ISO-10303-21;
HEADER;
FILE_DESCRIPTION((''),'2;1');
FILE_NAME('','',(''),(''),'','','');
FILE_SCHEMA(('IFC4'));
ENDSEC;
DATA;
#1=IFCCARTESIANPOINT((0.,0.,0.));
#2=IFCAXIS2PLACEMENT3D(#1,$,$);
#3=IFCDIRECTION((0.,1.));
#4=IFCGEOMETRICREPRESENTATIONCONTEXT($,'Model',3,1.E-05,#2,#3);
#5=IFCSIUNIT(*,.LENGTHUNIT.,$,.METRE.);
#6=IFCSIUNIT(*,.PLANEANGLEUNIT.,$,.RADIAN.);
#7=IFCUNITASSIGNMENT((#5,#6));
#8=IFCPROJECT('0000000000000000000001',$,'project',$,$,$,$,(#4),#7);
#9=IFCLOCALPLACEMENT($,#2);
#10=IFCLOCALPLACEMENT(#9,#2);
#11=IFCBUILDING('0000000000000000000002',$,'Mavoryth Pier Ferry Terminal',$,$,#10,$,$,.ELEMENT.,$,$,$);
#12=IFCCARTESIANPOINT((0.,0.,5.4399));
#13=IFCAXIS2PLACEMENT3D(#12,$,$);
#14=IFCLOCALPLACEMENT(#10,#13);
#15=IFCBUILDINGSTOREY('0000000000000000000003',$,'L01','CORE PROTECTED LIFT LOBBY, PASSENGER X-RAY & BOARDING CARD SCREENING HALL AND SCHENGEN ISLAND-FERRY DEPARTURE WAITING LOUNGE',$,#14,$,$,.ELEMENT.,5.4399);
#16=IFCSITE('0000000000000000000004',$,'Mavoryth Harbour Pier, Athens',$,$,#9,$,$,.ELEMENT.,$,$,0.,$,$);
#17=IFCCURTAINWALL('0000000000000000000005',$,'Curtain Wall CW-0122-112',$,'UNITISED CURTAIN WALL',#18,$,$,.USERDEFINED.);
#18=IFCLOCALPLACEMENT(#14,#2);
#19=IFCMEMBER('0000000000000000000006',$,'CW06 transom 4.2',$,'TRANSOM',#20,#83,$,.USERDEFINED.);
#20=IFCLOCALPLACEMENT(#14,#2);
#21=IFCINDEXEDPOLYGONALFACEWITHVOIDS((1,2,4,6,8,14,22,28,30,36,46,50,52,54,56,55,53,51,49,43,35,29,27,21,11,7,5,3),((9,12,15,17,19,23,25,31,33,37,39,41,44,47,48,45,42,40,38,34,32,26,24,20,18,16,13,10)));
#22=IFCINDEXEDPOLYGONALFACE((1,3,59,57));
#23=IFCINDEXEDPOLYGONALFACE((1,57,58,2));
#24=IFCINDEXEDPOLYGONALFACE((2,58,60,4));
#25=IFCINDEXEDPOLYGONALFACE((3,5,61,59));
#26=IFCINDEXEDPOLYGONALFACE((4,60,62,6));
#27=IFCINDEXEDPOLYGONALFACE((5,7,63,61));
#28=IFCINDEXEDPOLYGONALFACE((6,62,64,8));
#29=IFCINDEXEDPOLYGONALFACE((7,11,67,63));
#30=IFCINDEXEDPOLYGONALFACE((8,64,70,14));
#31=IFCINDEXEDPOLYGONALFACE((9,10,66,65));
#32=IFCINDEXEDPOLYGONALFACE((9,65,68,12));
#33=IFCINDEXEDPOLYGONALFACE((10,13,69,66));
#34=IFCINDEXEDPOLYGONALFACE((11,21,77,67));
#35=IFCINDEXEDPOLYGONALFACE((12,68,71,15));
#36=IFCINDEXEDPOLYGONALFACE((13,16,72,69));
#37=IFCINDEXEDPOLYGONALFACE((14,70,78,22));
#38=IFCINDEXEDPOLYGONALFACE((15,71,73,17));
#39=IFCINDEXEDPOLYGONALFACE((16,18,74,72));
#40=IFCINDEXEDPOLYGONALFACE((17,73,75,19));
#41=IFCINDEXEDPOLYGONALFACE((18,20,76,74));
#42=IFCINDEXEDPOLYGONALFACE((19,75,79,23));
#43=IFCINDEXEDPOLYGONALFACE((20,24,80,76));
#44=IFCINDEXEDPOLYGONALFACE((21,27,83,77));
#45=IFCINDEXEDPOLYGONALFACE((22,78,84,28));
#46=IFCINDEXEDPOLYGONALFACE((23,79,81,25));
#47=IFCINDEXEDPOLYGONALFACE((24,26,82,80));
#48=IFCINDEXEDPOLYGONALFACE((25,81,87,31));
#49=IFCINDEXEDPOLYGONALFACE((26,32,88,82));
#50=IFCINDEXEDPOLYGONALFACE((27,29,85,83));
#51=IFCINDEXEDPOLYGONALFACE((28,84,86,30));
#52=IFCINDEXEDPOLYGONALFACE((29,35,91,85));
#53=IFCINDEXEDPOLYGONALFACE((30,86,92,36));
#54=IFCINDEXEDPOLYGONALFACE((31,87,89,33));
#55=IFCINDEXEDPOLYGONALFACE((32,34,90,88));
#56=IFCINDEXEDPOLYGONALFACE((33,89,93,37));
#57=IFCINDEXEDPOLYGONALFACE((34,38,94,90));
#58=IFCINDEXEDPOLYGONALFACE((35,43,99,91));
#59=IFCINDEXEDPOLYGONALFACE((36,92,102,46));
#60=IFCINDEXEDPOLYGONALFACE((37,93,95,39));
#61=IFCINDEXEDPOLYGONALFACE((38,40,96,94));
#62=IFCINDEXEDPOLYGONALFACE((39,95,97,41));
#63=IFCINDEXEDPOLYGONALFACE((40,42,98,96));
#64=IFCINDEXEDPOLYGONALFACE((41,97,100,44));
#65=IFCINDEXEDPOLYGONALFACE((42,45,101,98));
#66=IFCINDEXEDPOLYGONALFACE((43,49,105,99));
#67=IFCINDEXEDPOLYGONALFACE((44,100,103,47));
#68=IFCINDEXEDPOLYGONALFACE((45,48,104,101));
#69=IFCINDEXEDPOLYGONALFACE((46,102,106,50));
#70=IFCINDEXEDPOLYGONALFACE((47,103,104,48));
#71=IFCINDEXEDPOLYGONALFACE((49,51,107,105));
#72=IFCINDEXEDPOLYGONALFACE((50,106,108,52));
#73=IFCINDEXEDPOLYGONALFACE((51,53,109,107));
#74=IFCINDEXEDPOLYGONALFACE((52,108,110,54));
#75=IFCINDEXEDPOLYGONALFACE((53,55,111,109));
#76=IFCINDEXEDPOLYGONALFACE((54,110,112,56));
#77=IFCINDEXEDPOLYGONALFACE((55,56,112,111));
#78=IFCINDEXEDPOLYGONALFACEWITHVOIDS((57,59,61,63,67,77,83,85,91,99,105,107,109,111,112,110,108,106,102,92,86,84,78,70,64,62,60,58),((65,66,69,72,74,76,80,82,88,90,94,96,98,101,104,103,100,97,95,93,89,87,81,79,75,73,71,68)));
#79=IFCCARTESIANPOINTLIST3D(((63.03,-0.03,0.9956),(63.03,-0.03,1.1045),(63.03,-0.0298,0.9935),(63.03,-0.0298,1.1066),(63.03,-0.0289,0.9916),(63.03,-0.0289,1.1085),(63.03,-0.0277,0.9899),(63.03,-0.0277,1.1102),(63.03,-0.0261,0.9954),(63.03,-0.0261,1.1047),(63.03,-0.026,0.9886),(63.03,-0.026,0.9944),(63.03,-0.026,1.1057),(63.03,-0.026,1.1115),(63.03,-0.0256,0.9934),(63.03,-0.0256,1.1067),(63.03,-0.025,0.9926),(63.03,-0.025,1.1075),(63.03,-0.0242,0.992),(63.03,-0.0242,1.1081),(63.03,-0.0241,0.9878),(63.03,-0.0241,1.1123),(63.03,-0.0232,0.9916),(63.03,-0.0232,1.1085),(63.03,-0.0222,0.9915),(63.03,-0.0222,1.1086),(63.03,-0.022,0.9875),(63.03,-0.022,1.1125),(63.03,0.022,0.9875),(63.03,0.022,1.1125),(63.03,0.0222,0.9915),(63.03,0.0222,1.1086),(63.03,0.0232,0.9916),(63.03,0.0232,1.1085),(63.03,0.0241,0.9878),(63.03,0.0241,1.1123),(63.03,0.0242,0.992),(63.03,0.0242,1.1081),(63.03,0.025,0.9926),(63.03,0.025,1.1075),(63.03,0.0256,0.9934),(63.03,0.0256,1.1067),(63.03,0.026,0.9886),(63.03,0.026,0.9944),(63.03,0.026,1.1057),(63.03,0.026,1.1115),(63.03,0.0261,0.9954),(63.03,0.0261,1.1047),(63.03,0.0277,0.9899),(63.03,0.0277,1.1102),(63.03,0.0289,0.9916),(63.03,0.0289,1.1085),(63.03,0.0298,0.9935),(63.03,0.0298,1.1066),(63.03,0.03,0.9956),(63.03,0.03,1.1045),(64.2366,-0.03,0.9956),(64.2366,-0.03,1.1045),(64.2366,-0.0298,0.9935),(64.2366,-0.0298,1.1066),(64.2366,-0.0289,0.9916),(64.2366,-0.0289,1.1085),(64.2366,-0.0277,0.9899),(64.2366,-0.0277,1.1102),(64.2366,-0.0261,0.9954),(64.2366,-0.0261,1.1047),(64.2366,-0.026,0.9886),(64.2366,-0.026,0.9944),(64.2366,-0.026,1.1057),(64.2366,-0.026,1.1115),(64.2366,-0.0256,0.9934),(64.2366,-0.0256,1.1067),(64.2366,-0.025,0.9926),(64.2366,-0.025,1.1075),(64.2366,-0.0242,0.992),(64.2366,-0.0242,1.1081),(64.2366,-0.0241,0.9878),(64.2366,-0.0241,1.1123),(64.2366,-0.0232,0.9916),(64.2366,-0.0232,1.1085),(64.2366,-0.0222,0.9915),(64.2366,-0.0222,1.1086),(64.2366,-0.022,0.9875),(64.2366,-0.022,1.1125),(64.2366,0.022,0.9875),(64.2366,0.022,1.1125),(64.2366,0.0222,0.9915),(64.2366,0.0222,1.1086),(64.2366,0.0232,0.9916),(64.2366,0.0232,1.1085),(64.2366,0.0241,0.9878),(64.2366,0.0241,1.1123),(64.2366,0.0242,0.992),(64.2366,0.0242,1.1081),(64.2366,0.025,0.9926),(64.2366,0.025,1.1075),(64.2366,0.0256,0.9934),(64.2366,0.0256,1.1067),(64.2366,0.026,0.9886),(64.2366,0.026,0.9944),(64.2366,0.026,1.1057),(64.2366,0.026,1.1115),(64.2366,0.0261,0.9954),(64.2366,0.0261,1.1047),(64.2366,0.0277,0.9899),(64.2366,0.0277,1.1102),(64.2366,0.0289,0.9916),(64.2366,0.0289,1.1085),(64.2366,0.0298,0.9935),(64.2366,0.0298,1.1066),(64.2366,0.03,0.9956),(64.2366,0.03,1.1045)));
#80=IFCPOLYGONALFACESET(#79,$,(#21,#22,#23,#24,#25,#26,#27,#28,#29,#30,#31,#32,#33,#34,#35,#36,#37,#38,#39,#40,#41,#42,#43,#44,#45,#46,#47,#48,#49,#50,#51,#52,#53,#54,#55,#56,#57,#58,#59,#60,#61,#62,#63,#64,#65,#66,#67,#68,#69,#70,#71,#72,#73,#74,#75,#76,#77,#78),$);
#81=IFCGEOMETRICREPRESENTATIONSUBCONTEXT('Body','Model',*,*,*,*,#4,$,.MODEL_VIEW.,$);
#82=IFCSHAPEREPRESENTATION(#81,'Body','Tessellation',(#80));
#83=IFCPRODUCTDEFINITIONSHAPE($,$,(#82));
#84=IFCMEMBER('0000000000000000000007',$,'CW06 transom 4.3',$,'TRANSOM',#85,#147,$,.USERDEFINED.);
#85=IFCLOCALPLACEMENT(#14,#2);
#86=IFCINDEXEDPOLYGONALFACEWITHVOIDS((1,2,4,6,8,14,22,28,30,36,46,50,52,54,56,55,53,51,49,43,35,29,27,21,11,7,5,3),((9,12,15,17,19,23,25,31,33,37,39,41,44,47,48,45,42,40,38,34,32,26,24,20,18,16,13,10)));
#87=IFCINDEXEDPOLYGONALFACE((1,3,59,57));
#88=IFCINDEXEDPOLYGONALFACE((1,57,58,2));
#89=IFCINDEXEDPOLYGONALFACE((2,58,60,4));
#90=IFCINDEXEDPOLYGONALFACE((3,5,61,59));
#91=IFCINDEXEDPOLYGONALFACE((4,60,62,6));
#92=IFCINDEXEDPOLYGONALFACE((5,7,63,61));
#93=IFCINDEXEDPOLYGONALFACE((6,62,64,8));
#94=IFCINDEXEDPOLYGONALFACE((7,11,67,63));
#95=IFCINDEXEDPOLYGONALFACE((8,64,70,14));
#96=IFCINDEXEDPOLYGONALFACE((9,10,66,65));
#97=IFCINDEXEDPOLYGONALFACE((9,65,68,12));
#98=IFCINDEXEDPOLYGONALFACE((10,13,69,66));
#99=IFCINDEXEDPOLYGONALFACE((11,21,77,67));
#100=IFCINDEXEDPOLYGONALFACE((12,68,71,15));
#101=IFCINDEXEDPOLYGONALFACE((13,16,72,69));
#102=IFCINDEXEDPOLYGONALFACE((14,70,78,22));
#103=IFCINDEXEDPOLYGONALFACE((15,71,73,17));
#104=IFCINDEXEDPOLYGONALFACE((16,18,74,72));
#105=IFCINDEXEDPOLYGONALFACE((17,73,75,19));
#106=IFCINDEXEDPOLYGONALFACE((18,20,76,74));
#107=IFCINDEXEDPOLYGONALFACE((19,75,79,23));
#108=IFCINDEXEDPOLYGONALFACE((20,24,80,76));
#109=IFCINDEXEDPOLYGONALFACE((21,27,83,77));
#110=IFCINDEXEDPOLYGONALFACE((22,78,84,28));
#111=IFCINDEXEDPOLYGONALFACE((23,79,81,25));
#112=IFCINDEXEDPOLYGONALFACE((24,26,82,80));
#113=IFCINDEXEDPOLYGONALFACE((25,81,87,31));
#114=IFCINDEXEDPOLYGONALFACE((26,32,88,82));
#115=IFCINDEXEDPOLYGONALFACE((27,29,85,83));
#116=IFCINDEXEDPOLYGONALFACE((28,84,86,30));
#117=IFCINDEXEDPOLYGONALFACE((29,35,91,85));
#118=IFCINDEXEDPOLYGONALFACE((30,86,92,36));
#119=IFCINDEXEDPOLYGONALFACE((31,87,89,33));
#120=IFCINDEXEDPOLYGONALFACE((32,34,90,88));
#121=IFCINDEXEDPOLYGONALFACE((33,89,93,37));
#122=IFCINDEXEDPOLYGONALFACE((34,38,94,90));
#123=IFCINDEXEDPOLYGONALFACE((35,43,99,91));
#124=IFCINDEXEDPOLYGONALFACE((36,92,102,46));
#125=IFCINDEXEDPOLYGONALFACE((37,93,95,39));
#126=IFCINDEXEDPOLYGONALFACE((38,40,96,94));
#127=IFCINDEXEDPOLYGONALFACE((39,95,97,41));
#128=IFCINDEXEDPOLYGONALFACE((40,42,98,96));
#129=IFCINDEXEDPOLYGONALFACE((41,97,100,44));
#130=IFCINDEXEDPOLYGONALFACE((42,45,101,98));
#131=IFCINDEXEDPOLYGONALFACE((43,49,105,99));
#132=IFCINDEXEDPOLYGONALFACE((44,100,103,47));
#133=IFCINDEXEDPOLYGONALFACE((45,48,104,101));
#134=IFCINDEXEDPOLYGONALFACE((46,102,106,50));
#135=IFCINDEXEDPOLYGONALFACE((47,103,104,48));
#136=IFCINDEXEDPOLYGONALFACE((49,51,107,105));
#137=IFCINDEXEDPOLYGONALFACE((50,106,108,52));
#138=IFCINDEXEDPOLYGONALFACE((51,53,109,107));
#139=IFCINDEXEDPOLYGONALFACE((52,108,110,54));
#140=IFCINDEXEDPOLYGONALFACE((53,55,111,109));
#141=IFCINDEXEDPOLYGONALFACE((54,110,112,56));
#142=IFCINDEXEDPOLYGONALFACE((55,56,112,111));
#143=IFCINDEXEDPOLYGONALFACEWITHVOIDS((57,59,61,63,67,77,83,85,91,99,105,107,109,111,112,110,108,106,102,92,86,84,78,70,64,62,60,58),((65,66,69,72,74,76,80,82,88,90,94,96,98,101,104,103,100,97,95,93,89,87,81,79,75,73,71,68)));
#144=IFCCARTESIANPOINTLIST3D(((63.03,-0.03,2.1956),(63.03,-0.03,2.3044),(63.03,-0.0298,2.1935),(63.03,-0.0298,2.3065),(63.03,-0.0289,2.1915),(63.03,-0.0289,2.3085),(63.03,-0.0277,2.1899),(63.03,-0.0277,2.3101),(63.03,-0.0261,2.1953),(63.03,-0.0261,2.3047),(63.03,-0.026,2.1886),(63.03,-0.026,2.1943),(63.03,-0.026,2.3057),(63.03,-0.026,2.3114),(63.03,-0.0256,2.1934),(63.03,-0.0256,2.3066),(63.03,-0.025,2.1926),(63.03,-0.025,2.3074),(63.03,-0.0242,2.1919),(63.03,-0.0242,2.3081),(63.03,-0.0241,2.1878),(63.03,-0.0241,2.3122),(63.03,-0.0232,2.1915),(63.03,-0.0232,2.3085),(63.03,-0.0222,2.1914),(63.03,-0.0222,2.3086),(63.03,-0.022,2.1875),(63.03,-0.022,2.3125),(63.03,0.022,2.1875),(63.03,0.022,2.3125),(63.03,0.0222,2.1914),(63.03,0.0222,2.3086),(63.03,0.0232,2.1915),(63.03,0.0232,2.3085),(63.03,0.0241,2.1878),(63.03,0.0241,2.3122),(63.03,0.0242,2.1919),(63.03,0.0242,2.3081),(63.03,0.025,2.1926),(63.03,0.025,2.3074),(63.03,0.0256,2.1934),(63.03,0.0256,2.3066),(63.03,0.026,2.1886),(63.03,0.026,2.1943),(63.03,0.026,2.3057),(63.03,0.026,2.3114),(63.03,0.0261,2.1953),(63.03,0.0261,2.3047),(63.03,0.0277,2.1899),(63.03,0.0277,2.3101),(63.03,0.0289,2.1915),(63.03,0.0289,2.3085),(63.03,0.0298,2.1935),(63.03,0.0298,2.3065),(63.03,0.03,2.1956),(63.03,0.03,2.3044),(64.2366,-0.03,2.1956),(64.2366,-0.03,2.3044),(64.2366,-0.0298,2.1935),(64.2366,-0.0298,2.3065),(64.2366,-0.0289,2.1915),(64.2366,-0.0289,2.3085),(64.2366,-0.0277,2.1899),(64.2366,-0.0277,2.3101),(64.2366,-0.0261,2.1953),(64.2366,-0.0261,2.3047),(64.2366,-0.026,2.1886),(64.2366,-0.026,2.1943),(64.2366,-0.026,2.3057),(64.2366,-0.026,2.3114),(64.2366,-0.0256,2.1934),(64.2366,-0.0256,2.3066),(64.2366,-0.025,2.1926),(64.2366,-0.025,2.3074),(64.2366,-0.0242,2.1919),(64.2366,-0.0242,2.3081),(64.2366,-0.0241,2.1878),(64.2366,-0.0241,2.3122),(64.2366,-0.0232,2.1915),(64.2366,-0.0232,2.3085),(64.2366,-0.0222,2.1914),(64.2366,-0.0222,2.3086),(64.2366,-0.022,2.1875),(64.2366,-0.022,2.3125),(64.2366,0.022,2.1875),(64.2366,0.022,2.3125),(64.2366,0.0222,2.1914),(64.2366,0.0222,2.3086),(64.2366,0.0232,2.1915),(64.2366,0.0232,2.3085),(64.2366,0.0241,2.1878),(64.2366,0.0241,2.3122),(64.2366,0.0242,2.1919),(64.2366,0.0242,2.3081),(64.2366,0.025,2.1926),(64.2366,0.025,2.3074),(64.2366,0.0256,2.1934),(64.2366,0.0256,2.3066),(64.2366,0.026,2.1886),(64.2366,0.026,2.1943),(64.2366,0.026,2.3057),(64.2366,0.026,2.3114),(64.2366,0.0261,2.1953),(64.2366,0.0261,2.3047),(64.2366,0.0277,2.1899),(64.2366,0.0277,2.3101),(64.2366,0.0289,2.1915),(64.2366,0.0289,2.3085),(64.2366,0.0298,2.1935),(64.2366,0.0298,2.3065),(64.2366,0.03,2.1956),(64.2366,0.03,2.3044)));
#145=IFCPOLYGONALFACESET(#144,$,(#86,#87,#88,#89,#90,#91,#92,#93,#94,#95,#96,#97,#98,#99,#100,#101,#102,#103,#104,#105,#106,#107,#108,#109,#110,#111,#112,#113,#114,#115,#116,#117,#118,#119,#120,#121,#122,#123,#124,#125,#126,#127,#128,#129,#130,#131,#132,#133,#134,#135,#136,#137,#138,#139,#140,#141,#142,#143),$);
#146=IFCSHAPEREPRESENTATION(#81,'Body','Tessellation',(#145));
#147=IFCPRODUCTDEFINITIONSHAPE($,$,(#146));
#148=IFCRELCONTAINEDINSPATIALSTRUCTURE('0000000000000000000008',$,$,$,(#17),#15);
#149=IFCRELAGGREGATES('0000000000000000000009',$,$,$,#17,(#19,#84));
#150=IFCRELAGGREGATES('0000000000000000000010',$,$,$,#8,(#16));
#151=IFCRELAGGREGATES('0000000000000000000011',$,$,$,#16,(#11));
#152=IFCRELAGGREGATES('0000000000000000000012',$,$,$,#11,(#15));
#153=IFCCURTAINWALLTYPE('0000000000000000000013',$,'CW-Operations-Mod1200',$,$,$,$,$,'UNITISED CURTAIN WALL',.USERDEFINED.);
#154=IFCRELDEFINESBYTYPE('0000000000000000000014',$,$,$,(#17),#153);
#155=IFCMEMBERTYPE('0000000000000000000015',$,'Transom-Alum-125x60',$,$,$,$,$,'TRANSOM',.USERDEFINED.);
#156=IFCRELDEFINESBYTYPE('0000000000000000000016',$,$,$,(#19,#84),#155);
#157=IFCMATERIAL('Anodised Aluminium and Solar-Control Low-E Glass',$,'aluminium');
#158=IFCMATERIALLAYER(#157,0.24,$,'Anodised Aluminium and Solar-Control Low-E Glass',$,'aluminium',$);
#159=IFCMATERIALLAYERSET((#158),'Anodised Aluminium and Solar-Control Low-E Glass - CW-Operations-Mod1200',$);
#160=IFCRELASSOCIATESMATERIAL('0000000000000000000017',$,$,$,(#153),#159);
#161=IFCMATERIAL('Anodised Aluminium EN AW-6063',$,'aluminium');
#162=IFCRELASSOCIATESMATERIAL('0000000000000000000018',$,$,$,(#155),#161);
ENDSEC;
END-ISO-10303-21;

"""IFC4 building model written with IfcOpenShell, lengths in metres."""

from ifc_helpers import new_model, si_unit, direction, frame, origin, origin_2d, place, context, subcontext, project, spatial, hollow_rectangle, extrude, material, layer, layer_set, material_profile, profile_set, type_object, element, aggregate, save


model = new_model("IFC4")

# Units and contexts
model_context = context("Model", 3, precision=1e-05, world=origin(), true_north=direction((0.0, 1.0)))
body_context = subcontext(model_context, "Body", "Model", "MODEL_VIEW")
ifc_project = project(units=[si_unit("LENGTHUNIT", "METRE"), si_unit("PLANEANGLEUNIT", "RADIAN")], contexts=[model_context])

# Site, building, storey
site_placement = place(None, origin())
site = spatial("IfcSite", under=ifc_project, at=site_placement, Name="Mavoryth Harbour Pier, Athens", CompositionType="ELEMENT", RefElevation=0.0)
building_placement = place(site_placement, origin())
building = spatial("IfcBuilding", under=site, at=building_placement, Name="Mavoryth Pier Ferry Terminal", CompositionType="ELEMENT")
storey_placement = place(building_placement, frame((0.0, 0.0, 5.4399)))
storey = spatial("IfcBuildingStorey", under=building, at=storey_placement, Name="L01", Description="CORE PROTECTED LIFT LOBBY, PASSENGER X-RAY & BOARDING CARD SCREENING HALL AND SCHENGEN ISLAND-FERRY DEPARTURE WAITING LOUNGE", CompositionType="ELEMENT", Elevation=5.4399)

# Curtain wall, members
ifc_material_1 = material(Name="Anodised Aluminium and Solar-Control Low-E Glass", Category="aluminium")
ifc_layer_1 = layer(ifc_material_1, 0.24, Name="Anodised Aluminium and Solar-Control Low-E Glass", Category="aluminium")
ifc_layer_set_1 = layer_set([ifc_layer_1], Name="Anodised Aluminium and Solar-Control Low-E Glass - CW-Operations-Mod1200")
curtain_wall_type = type_object("IfcCurtainWallType", Name="CW-Operations-Mod1200", ElementType="UNITISED CURTAIN WALL", PredefinedType="USERDEFINED", material=ifc_layer_set_1)
curtain_wall_placement = place(storey_placement, origin())
curtain_wall = element("IfcCurtainWall", 1, at=curtain_wall_placement, inside=storey, type_object=curtain_wall_type, Name="Curtain Wall CW-0122-112", ObjectType="UNITISED CURTAIN WALL", PredefinedType="USERDEFINED")
ifc_material_2 = material(Name="Anodised Aluminium EN AW-6063", Category="aluminium")
ifc_material_profile_1 = material_profile(ifc_material_2, hollow_rectangle(XDim=0.0601, YDim=0.125, WallThickness=0.0039, InnerFilletRadius=0.0039, OuterFilletRadius=0.0081, at=origin_2d()), Name="AL-TRAN 125x60x4", Category="aluminium")
ifc_profile_set_1 = profile_set([ifc_material_profile_1], Name="Anodised Aluminium EN AW-6063 - AL-TRAN 125x60x4")
member_type_1 = type_object("IfcMemberType", Name="Transom-Alum-125x60", ElementType="TRANSOM", PredefinedType="USERDEFINED", material=ifc_profile_set_1)
member_1_placement = place(storey_placement, frame((63.03, 0.0, 1.05), z_axis=(1.0, 0.0, 0.0), x_axis=(0.0, 1.0, 0.0)))
member_1 = element("IfcMember", 2, at=member_1_placement, type_object=member_type_1, Name="CW06 transom 4.2", ObjectType="TRANSOM", PredefinedType="USERDEFINED", context=body_context, shape_type="SweptSolid", body=[
    extrude(hollow_rectangle(XDim=0.0601, YDim=0.125, WallThickness=0.0039, InnerFilletRadius=0.0039, OuterFilletRadius=0.0081, at=origin_2d()), origin(), (0.0, 0.0, 1.0), 1.2065),
])
member_2_placement = place(storey_placement, frame((63.03, 0.0, 2.25), z_axis=(1.0, 0.0, 0.0), x_axis=(0.0, 1.0, 0.0)))
member_2 = element("IfcMember", 3, at=member_2_placement, type_object=member_type_1, Name="CW06 transom 4.3", ObjectType="TRANSOM", PredefinedType="USERDEFINED", context=body_context, shape_type="SweptSolid", body=[
    extrude(hollow_rectangle(XDim=0.0601, YDim=0.125, WallThickness=0.0039, InnerFilletRadius=0.0039, OuterFilletRadius=0.0081, at=origin_2d()), origin(), (0.0, 0.0, 1.0), 1.2065),
])
aggregate(curtain_wall, [member_1, member_2])

save(model, "model.ifc")
